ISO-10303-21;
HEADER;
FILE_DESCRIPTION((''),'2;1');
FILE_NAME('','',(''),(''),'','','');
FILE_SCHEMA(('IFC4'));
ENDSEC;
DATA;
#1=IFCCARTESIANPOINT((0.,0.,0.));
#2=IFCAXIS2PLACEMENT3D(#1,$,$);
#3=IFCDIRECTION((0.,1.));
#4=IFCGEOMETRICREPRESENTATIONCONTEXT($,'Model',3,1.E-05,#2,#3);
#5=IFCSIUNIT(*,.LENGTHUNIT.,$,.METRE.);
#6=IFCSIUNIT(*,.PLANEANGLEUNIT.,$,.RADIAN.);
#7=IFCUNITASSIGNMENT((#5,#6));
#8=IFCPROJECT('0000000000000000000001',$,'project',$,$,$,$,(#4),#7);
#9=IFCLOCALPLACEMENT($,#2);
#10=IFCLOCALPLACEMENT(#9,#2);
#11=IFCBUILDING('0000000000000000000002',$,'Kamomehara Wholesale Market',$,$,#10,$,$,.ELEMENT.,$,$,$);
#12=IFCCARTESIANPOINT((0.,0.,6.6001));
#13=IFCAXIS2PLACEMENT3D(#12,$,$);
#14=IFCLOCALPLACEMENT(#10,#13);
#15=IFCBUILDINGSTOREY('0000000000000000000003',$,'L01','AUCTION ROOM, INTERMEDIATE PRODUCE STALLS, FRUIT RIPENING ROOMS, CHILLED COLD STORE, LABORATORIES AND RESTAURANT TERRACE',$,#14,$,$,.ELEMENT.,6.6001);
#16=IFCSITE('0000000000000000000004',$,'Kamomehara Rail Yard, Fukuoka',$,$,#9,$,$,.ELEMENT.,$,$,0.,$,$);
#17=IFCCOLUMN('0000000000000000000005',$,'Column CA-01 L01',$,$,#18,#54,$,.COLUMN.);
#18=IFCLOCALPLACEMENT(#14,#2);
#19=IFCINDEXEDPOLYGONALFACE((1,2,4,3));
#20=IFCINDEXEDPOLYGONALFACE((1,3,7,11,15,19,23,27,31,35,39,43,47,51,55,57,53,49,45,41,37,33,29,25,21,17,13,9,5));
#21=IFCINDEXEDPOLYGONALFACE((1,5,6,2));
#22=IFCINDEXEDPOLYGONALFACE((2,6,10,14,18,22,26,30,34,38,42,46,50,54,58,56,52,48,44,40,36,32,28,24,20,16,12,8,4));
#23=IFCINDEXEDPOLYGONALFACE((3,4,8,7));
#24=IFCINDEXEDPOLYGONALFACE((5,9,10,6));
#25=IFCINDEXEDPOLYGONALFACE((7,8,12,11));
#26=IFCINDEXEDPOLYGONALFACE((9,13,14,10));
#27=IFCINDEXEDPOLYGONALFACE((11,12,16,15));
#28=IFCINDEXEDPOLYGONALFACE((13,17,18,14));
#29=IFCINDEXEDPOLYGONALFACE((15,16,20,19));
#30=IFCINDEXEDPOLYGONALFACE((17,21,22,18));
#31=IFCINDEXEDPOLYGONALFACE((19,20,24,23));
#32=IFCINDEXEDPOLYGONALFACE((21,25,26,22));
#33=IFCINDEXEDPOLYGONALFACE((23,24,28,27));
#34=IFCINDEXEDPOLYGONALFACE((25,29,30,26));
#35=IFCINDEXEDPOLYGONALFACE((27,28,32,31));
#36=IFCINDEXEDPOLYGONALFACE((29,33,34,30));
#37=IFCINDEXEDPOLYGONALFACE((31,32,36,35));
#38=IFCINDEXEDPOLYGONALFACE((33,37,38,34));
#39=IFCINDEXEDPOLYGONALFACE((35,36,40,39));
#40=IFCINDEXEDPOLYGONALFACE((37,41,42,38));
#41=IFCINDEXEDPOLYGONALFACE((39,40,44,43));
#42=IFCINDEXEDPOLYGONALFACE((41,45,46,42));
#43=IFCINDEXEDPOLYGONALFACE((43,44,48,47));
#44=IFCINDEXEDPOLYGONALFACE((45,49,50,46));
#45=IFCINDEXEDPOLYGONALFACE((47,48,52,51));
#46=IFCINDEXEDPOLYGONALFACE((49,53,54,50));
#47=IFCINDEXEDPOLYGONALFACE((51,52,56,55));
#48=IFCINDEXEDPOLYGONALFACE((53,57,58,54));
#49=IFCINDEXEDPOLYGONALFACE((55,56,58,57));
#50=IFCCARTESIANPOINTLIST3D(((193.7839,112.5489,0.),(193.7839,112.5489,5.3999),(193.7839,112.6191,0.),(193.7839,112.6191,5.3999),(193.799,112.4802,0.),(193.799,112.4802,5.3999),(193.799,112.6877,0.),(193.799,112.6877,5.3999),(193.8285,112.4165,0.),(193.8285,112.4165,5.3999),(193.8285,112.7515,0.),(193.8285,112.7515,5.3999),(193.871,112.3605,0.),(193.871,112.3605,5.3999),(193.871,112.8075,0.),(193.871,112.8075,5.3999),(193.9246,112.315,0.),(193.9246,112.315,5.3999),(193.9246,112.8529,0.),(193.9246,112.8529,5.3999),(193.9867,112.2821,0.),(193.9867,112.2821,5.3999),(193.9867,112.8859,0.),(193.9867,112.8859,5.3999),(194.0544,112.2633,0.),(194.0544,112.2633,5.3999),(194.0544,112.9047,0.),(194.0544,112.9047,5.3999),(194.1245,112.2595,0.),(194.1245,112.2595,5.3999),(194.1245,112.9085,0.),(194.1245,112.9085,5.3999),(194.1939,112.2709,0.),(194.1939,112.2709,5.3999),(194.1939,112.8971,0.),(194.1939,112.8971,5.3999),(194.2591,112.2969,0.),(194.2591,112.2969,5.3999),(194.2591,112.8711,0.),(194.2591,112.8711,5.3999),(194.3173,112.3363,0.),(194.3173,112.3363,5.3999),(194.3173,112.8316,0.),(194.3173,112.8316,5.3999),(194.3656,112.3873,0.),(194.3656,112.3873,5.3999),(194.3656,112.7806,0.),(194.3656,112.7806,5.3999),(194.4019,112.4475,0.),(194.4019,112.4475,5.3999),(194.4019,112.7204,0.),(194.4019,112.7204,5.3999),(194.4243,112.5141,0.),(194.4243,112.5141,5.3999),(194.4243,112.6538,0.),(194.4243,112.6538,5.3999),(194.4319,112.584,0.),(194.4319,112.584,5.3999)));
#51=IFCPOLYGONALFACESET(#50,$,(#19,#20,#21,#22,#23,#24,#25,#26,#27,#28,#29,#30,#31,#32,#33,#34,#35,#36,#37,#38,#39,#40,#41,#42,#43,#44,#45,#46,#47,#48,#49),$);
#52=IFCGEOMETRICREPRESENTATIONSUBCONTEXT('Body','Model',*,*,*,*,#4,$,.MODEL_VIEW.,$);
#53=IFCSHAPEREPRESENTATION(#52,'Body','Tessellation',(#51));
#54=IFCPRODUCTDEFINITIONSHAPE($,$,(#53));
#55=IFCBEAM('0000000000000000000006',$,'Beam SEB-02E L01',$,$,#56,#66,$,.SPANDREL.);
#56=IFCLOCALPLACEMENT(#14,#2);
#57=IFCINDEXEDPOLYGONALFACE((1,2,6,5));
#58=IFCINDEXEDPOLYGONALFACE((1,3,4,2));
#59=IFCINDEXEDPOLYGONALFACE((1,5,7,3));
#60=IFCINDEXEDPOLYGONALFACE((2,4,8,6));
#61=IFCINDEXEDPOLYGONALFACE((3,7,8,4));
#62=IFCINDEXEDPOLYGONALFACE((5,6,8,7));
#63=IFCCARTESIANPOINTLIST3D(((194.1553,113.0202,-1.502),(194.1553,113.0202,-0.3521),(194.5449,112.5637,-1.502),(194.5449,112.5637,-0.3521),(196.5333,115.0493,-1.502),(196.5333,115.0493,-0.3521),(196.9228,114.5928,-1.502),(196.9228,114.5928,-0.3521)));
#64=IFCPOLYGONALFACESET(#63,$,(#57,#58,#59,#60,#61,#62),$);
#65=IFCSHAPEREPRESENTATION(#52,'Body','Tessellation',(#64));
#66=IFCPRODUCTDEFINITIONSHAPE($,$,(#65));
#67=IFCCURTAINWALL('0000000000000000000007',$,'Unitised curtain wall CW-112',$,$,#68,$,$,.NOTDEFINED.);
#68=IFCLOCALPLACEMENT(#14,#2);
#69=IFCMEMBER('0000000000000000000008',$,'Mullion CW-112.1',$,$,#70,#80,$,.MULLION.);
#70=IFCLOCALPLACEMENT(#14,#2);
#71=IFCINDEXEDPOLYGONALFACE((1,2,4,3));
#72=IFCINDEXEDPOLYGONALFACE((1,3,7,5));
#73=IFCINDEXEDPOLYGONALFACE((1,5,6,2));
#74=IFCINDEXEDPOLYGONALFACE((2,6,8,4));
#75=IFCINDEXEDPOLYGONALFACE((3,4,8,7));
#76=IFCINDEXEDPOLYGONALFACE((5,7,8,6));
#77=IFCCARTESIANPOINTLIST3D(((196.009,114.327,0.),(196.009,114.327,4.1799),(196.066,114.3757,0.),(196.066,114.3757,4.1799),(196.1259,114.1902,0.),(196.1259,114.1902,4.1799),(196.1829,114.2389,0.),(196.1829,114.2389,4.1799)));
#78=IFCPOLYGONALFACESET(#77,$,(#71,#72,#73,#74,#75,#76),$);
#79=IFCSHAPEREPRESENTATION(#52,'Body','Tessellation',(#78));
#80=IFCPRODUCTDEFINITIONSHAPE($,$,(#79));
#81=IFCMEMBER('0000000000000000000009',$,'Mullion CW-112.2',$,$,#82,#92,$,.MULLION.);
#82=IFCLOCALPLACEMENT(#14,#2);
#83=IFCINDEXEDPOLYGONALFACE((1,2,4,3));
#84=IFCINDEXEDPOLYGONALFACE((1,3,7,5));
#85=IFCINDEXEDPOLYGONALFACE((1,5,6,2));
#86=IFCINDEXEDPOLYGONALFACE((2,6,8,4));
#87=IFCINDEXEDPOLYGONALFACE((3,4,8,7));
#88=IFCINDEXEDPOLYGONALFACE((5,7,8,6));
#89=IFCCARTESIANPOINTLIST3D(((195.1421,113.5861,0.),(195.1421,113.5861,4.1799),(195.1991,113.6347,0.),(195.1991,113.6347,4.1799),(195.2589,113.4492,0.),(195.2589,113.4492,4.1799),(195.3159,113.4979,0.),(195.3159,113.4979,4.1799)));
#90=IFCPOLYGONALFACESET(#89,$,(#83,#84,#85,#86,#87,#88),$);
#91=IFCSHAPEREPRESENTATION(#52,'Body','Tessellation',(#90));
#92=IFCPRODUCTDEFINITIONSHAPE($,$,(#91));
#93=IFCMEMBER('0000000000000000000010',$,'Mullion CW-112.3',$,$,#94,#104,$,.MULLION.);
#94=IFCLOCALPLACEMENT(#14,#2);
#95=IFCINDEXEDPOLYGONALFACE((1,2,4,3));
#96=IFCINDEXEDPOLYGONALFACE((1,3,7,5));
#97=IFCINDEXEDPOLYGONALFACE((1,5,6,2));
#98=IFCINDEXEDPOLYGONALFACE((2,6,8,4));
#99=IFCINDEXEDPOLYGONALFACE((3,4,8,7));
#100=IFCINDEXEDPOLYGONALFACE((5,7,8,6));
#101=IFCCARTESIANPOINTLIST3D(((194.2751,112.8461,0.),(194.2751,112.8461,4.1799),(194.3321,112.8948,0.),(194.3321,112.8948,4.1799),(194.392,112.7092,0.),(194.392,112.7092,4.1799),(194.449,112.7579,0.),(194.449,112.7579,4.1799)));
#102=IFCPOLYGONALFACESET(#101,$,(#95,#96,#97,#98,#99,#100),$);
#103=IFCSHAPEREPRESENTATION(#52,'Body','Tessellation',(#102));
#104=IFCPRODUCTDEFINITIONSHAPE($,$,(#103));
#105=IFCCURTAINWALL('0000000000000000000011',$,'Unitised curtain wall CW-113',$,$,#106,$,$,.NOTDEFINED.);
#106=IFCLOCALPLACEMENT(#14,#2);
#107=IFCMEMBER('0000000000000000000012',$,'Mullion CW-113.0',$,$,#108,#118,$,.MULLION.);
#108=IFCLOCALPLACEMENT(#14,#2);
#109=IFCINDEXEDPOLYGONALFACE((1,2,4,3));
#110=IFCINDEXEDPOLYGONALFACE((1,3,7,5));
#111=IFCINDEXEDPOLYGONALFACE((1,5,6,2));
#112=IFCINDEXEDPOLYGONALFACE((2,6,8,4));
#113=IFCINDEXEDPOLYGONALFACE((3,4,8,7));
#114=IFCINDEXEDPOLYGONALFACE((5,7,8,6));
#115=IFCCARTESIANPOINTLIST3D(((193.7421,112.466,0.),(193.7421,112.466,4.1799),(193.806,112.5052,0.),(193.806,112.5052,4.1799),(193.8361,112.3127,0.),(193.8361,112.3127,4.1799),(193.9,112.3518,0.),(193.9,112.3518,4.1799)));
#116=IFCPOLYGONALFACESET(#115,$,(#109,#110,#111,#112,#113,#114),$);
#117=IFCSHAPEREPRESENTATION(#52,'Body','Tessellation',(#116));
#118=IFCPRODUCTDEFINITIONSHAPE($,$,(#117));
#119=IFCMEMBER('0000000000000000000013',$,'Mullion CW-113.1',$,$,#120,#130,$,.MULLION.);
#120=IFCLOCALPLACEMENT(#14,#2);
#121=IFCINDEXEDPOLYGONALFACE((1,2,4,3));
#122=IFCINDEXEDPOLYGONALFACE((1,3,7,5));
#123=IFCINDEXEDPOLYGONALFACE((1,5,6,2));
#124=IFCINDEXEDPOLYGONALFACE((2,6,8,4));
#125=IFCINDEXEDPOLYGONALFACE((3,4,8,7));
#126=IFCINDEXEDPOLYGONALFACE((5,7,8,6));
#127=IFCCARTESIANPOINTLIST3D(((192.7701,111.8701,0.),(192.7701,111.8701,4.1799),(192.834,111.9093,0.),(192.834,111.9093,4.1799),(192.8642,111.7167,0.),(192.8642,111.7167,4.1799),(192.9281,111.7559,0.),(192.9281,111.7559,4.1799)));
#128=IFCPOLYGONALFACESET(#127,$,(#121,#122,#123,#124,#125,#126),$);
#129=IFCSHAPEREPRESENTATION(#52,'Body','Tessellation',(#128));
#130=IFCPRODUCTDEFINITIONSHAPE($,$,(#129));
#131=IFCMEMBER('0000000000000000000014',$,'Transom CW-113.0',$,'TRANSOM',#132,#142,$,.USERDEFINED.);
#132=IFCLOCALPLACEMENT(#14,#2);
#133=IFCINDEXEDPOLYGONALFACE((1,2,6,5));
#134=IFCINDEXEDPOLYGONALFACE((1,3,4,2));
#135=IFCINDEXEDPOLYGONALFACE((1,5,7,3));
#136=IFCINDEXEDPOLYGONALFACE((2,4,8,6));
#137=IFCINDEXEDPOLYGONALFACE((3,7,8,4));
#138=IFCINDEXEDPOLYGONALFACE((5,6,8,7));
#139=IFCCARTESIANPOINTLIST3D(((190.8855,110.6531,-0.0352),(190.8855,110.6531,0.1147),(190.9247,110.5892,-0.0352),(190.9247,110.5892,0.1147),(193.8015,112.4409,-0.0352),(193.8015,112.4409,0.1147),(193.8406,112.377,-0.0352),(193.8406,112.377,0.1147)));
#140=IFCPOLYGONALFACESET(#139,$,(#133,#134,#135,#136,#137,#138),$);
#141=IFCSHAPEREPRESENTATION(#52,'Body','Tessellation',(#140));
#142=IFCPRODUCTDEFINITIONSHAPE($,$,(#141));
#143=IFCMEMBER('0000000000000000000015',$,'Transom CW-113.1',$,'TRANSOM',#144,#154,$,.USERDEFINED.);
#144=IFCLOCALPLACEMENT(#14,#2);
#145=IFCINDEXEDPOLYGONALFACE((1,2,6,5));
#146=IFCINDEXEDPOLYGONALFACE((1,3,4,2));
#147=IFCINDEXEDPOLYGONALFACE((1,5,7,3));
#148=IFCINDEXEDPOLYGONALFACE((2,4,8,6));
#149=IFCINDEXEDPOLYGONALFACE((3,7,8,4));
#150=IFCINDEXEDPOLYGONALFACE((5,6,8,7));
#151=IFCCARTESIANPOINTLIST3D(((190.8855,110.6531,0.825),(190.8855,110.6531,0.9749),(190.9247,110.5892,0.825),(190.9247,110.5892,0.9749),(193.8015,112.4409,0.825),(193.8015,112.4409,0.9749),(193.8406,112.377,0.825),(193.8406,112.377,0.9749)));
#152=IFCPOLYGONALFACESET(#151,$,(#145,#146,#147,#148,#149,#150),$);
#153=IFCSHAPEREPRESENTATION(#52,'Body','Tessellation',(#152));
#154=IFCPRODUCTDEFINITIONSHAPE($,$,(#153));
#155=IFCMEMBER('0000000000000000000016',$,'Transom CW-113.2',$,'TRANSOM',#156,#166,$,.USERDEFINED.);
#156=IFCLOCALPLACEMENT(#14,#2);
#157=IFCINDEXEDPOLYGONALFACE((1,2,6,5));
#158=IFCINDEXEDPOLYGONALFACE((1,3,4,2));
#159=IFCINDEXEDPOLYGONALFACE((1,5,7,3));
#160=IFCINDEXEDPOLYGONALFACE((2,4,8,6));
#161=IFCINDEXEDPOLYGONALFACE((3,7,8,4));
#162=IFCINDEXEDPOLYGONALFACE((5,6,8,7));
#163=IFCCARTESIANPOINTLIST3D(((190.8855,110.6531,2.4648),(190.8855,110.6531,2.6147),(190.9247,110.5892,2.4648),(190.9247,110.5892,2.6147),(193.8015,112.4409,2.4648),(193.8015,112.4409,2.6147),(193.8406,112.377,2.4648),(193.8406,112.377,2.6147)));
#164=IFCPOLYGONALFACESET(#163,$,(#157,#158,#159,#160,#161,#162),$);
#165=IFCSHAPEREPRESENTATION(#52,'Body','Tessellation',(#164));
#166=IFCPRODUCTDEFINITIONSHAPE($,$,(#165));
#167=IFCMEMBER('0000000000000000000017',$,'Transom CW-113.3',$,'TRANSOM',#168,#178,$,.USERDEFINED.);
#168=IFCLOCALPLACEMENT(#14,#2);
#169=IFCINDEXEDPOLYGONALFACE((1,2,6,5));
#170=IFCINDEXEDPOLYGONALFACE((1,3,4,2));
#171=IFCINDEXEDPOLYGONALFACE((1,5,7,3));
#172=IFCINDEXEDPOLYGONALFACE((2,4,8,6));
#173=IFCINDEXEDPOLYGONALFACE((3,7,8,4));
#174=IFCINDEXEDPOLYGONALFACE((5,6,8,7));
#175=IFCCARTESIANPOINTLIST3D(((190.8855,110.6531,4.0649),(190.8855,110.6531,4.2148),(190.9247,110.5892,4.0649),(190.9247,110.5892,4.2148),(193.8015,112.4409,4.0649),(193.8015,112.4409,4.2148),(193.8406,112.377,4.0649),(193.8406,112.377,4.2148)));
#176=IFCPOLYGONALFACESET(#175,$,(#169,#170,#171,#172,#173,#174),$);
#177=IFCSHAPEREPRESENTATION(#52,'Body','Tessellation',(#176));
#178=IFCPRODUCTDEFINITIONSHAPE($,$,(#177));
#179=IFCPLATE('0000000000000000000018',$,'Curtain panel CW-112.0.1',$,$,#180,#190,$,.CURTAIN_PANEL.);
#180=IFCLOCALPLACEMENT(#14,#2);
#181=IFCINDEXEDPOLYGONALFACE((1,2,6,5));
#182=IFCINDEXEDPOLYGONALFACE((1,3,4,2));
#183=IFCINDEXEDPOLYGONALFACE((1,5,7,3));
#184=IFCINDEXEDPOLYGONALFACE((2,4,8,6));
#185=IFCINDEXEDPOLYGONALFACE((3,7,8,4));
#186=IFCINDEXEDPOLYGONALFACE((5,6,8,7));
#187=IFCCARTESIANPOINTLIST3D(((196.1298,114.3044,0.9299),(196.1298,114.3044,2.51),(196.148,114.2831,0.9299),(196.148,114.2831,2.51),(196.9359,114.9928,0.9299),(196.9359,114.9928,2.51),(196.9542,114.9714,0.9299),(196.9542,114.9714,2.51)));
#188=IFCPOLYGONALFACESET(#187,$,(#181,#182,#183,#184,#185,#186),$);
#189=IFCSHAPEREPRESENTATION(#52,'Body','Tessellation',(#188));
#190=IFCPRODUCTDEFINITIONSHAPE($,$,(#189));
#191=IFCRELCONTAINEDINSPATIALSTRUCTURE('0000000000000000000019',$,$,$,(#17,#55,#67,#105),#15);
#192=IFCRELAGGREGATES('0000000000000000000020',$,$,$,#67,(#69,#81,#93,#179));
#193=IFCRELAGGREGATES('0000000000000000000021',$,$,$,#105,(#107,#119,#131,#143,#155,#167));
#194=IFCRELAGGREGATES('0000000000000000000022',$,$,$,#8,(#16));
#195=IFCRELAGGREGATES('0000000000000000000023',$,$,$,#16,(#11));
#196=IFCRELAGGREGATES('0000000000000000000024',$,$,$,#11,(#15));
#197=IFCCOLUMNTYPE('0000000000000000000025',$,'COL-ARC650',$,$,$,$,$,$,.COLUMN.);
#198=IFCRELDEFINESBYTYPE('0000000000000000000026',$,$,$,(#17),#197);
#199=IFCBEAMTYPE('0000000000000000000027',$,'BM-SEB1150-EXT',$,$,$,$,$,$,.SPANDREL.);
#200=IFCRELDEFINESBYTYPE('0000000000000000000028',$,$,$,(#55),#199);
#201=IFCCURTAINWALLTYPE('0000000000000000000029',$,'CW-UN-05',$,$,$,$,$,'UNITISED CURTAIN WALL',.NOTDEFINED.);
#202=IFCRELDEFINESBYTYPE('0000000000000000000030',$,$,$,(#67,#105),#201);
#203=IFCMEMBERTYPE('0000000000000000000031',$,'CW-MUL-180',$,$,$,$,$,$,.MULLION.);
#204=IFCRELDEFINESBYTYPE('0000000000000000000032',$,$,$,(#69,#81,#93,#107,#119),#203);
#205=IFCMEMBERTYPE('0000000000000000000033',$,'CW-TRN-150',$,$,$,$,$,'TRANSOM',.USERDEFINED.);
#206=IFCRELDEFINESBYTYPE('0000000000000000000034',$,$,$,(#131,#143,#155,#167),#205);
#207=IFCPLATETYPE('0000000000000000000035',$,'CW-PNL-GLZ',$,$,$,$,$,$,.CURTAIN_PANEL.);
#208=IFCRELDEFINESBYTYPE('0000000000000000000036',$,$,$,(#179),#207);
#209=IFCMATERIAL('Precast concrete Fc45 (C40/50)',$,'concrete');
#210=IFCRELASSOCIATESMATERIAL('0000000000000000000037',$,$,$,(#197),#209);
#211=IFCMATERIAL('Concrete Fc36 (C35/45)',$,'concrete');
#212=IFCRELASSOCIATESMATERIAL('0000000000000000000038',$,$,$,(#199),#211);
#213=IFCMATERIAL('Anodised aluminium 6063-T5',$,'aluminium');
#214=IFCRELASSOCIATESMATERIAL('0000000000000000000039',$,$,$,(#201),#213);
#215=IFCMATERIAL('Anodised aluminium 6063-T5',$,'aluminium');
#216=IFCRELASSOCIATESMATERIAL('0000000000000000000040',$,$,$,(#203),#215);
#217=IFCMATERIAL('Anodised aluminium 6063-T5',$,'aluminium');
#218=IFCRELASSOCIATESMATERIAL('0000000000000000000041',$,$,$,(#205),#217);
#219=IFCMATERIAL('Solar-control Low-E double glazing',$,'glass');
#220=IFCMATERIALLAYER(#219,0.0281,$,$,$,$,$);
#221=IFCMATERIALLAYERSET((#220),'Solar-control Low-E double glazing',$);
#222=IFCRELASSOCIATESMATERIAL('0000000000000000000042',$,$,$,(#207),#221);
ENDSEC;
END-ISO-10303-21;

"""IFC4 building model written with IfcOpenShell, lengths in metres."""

from ifc_helpers import new_model, si_unit, direction, frame, origin, origin_2d, place, context, subcontext, project, spatial, rectangle, circle, extrude, material, layer, layer_set, material_profile, profile_set, type_object, element, aggregate, save


model = new_model("IFC4")

# Units and contexts
model_context = context("Model", 3, precision=1e-05, world=origin(), true_north=direction((0.0, 1.0)))
body_context = subcontext(model_context, "Body", "Model", "MODEL_VIEW")
ifc_project = project(units=[si_unit("LENGTHUNIT", "METRE"), si_unit("PLANEANGLEUNIT", "RADIAN")], contexts=[model_context])

# Site, building, storey
site_placement = place(None, origin())
site = spatial("IfcSite", under=ifc_project, at=site_placement, Name="Kamomehara Rail Yard, Fukuoka", CompositionType="ELEMENT", RefElevation=0.0)
building_placement = place(site_placement, origin())
building = spatial("IfcBuilding", under=site, at=building_placement, Name="Kamomehara Wholesale Market", CompositionType="ELEMENT")
storey_placement = place(building_placement, frame((0.0, 0.0, 6.6001)))
storey = spatial("IfcBuildingStorey", under=building, at=storey_placement, Name="L01", Description="AUCTION ROOM, INTERMEDIATE PRODUCE STALLS, FRUIT RIPENING ROOMS, CHILLED COLD STORE, LABORATORIES AND RESTAURANT TERRACE", CompositionType="ELEMENT", Elevation=6.6001)

# Column
ifc_material_1 = material(Name="Precast concrete Fc45 (C40/50)", Category="concrete")
ifc_material_profile_1 = material_profile(ifc_material_1, circle(Radius=0.325, at=origin_2d()), Name="PC-ARC-D650")
ifc_profile_set_1 = profile_set([ifc_material_profile_1], Name="Precast concrete Fc45 (C40/50)")
column_type = type_object("IfcColumnType", Name="COL-ARC650", PredefinedType="COLUMN", material=ifc_profile_set_1)
column_placement = place(storey_placement, frame((194.1069, 112.584, 0.0), z_axis=(0.0, 0.0, 1.0), x_axis=(1.0, 0.0, 0.0)))
element("IfcColumn", 1, at=column_placement, inside=storey, type_object=column_type, Name="Column CA-01 L01", PredefinedType="COLUMN", context=body_context, shape_type="SweptSolid", body=[
    extrude(circle(Radius=0.325, at=origin_2d()), origin(), (0.0, 0.0, 1.0), 5.3999),
])

# Beam
ifc_material_2 = material(Name="Concrete Fc36 (C35/45)", Category="concrete")
ifc_material_profile_2 = material_profile(ifc_material_2, rectangle(XDim=0.6001, YDim=1.1499, at=origin_2d()), Name="RC-SEB-600x1150")
ifc_profile_set_2 = profile_set([ifc_material_profile_2], Name="Concrete Fc36 (C35/45)")
beam_type = type_object("IfcBeamType", Name="BM-SEB1150-EXT", PredefinedType="SPANDREL", material=ifc_profile_set_2)
beam_placement = place(storey_placement, frame((194.3501, 112.792, -0.927), z_axis=(0.760705, 0.649098, 0.0), x_axis=(-0.649098, 0.760705, 0.0)))
element("IfcBeam", 2, at=beam_placement, inside=storey, type_object=beam_type, Name="Beam SEB-02E L01", PredefinedType="SPANDREL", context=body_context, shape_type="SweptSolid", body=[
    extrude(rectangle(XDim=0.6001, YDim=1.1499, at=origin_2d()), origin(), (0.0, 0.0, 1.0), 3.126),
])

# Curtain walls, members
ifc_material_3 = material(Name="Anodised aluminium 6063-T5", Category="aluminium")
curtain_wall_type = type_object("IfcCurtainWallType", Name="CW-UN-05", ElementType="UNITISED CURTAIN WALL", PredefinedType="NOTDEFINED", material=ifc_material_3)
curtain_wall_1_placement = place(storey_placement, origin())
curtain_wall_1 = element("IfcCurtainWall", 3, at=curtain_wall_1_placement, inside=storey, type_object=curtain_wall_type, Name="Unitised curtain wall CW-112", PredefinedType="NOTDEFINED")
ifc_material_4 = material(Name="Anodised aluminium 6063-T5", Category="aluminium")
ifc_material_profile_3 = material_profile(ifc_material_4, rectangle(XDim=0.075, YDim=0.1799, at=origin_2d()), Name="ALU-MUL-75x180")
ifc_profile_set_3 = profile_set([ifc_material_profile_3], Name="Anodised aluminium 6063-T5")
member_type_1 = type_object("IfcMemberType", Name="CW-MUL-180", PredefinedType="MULLION", material=ifc_profile_set_3)
member_1_placement = place(storey_placement, frame((196.0959, 114.283, 0.0), z_axis=(0.0, 0.0, 1.0), x_axis=(-0.760473, -0.64937, 0.0)))
member_1 = element("IfcMember", 4, at=member_1_placement, type_object=member_type_1, Name="Mullion CW-112.1", PredefinedType="MULLION", context=body_context, shape_type="SweptSolid", body=[
    extrude(rectangle(XDim=0.075, YDim=0.1799, at=origin_2d()), origin(), (0.0, 0.0, 1.0), 4.1799),
])
member_2_placement = place(storey_placement, frame((195.229, 113.542, 0.0), z_axis=(0.0, 0.0, 1.0), x_axis=(-0.760473, -0.64937, 0.0)))
member_2 = element("IfcMember", 5, at=member_2_placement, type_object=member_type_1, Name="Mullion CW-112.2", PredefinedType="MULLION", context=body_context, shape_type="SweptSolid", body=[
    extrude(rectangle(XDim=0.075, YDim=0.1799, at=origin_2d()), origin(), (0.0, 0.0, 1.0), 4.1799),
])
member_3_placement = place(storey_placement, frame((194.3621, 112.802, 0.0), z_axis=(0.0, 0.0, 1.0), x_axis=(-0.760473, -0.64937, 0.0)))
member_3 = element("IfcMember", 6, at=member_3_placement, type_object=member_type_1, Name="Mullion CW-112.3", PredefinedType="MULLION", context=body_context, shape_type="SweptSolid", body=[
    extrude(rectangle(XDim=0.075, YDim=0.1799, at=origin_2d()), origin(), (0.0, 0.0, 1.0), 4.1799),
])
curtain_wall_2_placement = place(storey_placement, origin())
curtain_wall_2 = element("IfcCurtainWall", 7, at=curtain_wall_2_placement, inside=storey, type_object=curtain_wall_type, Name="Unitised curtain wall CW-113", PredefinedType="NOTDEFINED")
member_4_placement = place(storey_placement, frame((193.821, 112.4089, 0.0), z_axis=(0.0, 0.0, 1.0), x_axis=(-0.852501, -0.522726, 0.0)))
member_4 = element("IfcMember", 8, at=member_4_placement, type_object=member_type_1, Name="Mullion CW-113.0", PredefinedType="MULLION", context=body_context, shape_type="SweptSolid", body=[
    extrude(rectangle(XDim=0.075, YDim=0.1799, at=origin_2d()), origin(), (0.0, 0.0, 1.0), 4.1799),
])
member_5_placement = place(storey_placement, frame((192.8491, 111.813, 0.0), z_axis=(0.0, 0.0, 1.0), x_axis=(-0.852501, -0.522726, 0.0)))
member_5 = element("IfcMember", 9, at=member_5_placement, type_object=member_type_1, Name="Mullion CW-113.1", PredefinedType="MULLION", context=body_context, shape_type="SweptSolid", body=[
    extrude(rectangle(XDim=0.075, YDim=0.1799, at=origin_2d()), origin(), (0.0, 0.0, 1.0), 4.1799),
])
ifc_material_5 = material(Name="Anodised aluminium 6063-T5", Category="aluminium")
ifc_material_profile_4 = material_profile(ifc_material_5, rectangle(XDim=0.075, YDim=0.1499, at=origin_2d()), Name="ALU-TRN-75x150")
ifc_profile_set_4 = profile_set([ifc_material_profile_4], Name="Anodised aluminium 6063-T5")
member_type_2 = type_object("IfcMemberType", Name="CW-TRN-150", ElementType="TRANSOM", PredefinedType="USERDEFINED", material=ifc_profile_set_4)
member_6_placement = place(storey_placement, frame((193.821, 112.4089, 0.0398), z_axis=(-0.852522, -0.522691, 0.0), x_axis=(0.522691, -0.852522, 0.0)))
member_6 = element("IfcMember", 10, at=member_6_placement, type_object=member_type_2, Name="Transom CW-113.0", ObjectType="TRANSOM", PredefinedType="USERDEFINED", context=body_context, shape_type="SweptSolid", body=[
    extrude(rectangle(XDim=0.075, YDim=0.1499, at=origin_2d()), origin(), (0.0, 0.0, 1.0), 3.4204),
])
member_7_placement = place(storey_placement, frame((193.821, 112.4089, 0.8999), z_axis=(-0.852522, -0.522691, 0.0), x_axis=(0.522691, -0.852522, 0.0)))
member_7 = element("IfcMember", 11, at=member_7_placement, type_object=member_type_2, Name="Transom CW-113.1", ObjectType="TRANSOM", PredefinedType="USERDEFINED", context=body_context, shape_type="SweptSolid", body=[
    extrude(rectangle(XDim=0.075, YDim=0.1499, at=origin_2d()), origin(), (0.0, 0.0, 1.0), 3.4204),
])
member_8_placement = place(storey_placement, frame((193.821, 112.4089, 2.5398), z_axis=(-0.852522, -0.522691, 0.0), x_axis=(0.522691, -0.852522, 0.0)))
member_8 = element("IfcMember", 12, at=member_8_placement, type_object=member_type_2, Name="Transom CW-113.2", ObjectType="TRANSOM", PredefinedType="USERDEFINED", context=body_context, shape_type="SweptSolid", body=[
    extrude(rectangle(XDim=0.075, YDim=0.1499, at=origin_2d()), origin(), (0.0, 0.0, 1.0), 3.4204),
])
member_9_placement = place(storey_placement, frame((193.821, 112.4089, 4.1399), z_axis=(-0.852522, -0.522691, 0.0), x_axis=(0.522691, -0.852522, 0.0)))
member_9 = element("IfcMember", 13, at=member_9_placement, type_object=member_type_2, Name="Transom CW-113.3", ObjectType="TRANSOM", PredefinedType="USERDEFINED", context=body_context, shape_type="SweptSolid", body=[
    extrude(rectangle(XDim=0.075, YDim=0.1499, at=origin_2d()), origin(), (0.0, 0.0, 1.0), 3.4204),
])

# Plate
ifc_material_6 = material(Name="Solar-control Low-E double glazing", Category="glass")
ifc_layer_1 = layer(ifc_material_6, 0.0281)
ifc_layer_set_1 = layer_set([ifc_layer_1], Name="Solar-control Low-E double glazing")
plate_type_1 = type_object("IfcPlateType", Name="CW-PNL-GLZ", PredefinedType="CURTAIN_PANEL", material=ifc_layer_set_1)
plate_1_placement = place(storey_placement, frame((196.542, 114.6379, 0.9299), z_axis=(0.0, 0.0, 1.0), x_axis=(-0.760474, -0.649368, 0.0)))
plate_1 = element("IfcPlate", 14, at=plate_1_placement, type_object=plate_type_1, Name="Curtain panel CW-112.0.1", PredefinedType="CURTAIN_PANEL", context=body_context, shape_type="SweptSolid", body=[
    extrude(rectangle(XDim=1.0601, YDim=0.0281, at=origin_2d()), origin(), (0.0, 0.0, 1.0), 1.5801),
])
aggregate(curtain_wall_1, [member_1, member_2, member_3, plate_1])
aggregate(curtain_wall_2, [member_4, member_5, member_6, member_7, member_8, member_9])

save(model, "model.ifc")
